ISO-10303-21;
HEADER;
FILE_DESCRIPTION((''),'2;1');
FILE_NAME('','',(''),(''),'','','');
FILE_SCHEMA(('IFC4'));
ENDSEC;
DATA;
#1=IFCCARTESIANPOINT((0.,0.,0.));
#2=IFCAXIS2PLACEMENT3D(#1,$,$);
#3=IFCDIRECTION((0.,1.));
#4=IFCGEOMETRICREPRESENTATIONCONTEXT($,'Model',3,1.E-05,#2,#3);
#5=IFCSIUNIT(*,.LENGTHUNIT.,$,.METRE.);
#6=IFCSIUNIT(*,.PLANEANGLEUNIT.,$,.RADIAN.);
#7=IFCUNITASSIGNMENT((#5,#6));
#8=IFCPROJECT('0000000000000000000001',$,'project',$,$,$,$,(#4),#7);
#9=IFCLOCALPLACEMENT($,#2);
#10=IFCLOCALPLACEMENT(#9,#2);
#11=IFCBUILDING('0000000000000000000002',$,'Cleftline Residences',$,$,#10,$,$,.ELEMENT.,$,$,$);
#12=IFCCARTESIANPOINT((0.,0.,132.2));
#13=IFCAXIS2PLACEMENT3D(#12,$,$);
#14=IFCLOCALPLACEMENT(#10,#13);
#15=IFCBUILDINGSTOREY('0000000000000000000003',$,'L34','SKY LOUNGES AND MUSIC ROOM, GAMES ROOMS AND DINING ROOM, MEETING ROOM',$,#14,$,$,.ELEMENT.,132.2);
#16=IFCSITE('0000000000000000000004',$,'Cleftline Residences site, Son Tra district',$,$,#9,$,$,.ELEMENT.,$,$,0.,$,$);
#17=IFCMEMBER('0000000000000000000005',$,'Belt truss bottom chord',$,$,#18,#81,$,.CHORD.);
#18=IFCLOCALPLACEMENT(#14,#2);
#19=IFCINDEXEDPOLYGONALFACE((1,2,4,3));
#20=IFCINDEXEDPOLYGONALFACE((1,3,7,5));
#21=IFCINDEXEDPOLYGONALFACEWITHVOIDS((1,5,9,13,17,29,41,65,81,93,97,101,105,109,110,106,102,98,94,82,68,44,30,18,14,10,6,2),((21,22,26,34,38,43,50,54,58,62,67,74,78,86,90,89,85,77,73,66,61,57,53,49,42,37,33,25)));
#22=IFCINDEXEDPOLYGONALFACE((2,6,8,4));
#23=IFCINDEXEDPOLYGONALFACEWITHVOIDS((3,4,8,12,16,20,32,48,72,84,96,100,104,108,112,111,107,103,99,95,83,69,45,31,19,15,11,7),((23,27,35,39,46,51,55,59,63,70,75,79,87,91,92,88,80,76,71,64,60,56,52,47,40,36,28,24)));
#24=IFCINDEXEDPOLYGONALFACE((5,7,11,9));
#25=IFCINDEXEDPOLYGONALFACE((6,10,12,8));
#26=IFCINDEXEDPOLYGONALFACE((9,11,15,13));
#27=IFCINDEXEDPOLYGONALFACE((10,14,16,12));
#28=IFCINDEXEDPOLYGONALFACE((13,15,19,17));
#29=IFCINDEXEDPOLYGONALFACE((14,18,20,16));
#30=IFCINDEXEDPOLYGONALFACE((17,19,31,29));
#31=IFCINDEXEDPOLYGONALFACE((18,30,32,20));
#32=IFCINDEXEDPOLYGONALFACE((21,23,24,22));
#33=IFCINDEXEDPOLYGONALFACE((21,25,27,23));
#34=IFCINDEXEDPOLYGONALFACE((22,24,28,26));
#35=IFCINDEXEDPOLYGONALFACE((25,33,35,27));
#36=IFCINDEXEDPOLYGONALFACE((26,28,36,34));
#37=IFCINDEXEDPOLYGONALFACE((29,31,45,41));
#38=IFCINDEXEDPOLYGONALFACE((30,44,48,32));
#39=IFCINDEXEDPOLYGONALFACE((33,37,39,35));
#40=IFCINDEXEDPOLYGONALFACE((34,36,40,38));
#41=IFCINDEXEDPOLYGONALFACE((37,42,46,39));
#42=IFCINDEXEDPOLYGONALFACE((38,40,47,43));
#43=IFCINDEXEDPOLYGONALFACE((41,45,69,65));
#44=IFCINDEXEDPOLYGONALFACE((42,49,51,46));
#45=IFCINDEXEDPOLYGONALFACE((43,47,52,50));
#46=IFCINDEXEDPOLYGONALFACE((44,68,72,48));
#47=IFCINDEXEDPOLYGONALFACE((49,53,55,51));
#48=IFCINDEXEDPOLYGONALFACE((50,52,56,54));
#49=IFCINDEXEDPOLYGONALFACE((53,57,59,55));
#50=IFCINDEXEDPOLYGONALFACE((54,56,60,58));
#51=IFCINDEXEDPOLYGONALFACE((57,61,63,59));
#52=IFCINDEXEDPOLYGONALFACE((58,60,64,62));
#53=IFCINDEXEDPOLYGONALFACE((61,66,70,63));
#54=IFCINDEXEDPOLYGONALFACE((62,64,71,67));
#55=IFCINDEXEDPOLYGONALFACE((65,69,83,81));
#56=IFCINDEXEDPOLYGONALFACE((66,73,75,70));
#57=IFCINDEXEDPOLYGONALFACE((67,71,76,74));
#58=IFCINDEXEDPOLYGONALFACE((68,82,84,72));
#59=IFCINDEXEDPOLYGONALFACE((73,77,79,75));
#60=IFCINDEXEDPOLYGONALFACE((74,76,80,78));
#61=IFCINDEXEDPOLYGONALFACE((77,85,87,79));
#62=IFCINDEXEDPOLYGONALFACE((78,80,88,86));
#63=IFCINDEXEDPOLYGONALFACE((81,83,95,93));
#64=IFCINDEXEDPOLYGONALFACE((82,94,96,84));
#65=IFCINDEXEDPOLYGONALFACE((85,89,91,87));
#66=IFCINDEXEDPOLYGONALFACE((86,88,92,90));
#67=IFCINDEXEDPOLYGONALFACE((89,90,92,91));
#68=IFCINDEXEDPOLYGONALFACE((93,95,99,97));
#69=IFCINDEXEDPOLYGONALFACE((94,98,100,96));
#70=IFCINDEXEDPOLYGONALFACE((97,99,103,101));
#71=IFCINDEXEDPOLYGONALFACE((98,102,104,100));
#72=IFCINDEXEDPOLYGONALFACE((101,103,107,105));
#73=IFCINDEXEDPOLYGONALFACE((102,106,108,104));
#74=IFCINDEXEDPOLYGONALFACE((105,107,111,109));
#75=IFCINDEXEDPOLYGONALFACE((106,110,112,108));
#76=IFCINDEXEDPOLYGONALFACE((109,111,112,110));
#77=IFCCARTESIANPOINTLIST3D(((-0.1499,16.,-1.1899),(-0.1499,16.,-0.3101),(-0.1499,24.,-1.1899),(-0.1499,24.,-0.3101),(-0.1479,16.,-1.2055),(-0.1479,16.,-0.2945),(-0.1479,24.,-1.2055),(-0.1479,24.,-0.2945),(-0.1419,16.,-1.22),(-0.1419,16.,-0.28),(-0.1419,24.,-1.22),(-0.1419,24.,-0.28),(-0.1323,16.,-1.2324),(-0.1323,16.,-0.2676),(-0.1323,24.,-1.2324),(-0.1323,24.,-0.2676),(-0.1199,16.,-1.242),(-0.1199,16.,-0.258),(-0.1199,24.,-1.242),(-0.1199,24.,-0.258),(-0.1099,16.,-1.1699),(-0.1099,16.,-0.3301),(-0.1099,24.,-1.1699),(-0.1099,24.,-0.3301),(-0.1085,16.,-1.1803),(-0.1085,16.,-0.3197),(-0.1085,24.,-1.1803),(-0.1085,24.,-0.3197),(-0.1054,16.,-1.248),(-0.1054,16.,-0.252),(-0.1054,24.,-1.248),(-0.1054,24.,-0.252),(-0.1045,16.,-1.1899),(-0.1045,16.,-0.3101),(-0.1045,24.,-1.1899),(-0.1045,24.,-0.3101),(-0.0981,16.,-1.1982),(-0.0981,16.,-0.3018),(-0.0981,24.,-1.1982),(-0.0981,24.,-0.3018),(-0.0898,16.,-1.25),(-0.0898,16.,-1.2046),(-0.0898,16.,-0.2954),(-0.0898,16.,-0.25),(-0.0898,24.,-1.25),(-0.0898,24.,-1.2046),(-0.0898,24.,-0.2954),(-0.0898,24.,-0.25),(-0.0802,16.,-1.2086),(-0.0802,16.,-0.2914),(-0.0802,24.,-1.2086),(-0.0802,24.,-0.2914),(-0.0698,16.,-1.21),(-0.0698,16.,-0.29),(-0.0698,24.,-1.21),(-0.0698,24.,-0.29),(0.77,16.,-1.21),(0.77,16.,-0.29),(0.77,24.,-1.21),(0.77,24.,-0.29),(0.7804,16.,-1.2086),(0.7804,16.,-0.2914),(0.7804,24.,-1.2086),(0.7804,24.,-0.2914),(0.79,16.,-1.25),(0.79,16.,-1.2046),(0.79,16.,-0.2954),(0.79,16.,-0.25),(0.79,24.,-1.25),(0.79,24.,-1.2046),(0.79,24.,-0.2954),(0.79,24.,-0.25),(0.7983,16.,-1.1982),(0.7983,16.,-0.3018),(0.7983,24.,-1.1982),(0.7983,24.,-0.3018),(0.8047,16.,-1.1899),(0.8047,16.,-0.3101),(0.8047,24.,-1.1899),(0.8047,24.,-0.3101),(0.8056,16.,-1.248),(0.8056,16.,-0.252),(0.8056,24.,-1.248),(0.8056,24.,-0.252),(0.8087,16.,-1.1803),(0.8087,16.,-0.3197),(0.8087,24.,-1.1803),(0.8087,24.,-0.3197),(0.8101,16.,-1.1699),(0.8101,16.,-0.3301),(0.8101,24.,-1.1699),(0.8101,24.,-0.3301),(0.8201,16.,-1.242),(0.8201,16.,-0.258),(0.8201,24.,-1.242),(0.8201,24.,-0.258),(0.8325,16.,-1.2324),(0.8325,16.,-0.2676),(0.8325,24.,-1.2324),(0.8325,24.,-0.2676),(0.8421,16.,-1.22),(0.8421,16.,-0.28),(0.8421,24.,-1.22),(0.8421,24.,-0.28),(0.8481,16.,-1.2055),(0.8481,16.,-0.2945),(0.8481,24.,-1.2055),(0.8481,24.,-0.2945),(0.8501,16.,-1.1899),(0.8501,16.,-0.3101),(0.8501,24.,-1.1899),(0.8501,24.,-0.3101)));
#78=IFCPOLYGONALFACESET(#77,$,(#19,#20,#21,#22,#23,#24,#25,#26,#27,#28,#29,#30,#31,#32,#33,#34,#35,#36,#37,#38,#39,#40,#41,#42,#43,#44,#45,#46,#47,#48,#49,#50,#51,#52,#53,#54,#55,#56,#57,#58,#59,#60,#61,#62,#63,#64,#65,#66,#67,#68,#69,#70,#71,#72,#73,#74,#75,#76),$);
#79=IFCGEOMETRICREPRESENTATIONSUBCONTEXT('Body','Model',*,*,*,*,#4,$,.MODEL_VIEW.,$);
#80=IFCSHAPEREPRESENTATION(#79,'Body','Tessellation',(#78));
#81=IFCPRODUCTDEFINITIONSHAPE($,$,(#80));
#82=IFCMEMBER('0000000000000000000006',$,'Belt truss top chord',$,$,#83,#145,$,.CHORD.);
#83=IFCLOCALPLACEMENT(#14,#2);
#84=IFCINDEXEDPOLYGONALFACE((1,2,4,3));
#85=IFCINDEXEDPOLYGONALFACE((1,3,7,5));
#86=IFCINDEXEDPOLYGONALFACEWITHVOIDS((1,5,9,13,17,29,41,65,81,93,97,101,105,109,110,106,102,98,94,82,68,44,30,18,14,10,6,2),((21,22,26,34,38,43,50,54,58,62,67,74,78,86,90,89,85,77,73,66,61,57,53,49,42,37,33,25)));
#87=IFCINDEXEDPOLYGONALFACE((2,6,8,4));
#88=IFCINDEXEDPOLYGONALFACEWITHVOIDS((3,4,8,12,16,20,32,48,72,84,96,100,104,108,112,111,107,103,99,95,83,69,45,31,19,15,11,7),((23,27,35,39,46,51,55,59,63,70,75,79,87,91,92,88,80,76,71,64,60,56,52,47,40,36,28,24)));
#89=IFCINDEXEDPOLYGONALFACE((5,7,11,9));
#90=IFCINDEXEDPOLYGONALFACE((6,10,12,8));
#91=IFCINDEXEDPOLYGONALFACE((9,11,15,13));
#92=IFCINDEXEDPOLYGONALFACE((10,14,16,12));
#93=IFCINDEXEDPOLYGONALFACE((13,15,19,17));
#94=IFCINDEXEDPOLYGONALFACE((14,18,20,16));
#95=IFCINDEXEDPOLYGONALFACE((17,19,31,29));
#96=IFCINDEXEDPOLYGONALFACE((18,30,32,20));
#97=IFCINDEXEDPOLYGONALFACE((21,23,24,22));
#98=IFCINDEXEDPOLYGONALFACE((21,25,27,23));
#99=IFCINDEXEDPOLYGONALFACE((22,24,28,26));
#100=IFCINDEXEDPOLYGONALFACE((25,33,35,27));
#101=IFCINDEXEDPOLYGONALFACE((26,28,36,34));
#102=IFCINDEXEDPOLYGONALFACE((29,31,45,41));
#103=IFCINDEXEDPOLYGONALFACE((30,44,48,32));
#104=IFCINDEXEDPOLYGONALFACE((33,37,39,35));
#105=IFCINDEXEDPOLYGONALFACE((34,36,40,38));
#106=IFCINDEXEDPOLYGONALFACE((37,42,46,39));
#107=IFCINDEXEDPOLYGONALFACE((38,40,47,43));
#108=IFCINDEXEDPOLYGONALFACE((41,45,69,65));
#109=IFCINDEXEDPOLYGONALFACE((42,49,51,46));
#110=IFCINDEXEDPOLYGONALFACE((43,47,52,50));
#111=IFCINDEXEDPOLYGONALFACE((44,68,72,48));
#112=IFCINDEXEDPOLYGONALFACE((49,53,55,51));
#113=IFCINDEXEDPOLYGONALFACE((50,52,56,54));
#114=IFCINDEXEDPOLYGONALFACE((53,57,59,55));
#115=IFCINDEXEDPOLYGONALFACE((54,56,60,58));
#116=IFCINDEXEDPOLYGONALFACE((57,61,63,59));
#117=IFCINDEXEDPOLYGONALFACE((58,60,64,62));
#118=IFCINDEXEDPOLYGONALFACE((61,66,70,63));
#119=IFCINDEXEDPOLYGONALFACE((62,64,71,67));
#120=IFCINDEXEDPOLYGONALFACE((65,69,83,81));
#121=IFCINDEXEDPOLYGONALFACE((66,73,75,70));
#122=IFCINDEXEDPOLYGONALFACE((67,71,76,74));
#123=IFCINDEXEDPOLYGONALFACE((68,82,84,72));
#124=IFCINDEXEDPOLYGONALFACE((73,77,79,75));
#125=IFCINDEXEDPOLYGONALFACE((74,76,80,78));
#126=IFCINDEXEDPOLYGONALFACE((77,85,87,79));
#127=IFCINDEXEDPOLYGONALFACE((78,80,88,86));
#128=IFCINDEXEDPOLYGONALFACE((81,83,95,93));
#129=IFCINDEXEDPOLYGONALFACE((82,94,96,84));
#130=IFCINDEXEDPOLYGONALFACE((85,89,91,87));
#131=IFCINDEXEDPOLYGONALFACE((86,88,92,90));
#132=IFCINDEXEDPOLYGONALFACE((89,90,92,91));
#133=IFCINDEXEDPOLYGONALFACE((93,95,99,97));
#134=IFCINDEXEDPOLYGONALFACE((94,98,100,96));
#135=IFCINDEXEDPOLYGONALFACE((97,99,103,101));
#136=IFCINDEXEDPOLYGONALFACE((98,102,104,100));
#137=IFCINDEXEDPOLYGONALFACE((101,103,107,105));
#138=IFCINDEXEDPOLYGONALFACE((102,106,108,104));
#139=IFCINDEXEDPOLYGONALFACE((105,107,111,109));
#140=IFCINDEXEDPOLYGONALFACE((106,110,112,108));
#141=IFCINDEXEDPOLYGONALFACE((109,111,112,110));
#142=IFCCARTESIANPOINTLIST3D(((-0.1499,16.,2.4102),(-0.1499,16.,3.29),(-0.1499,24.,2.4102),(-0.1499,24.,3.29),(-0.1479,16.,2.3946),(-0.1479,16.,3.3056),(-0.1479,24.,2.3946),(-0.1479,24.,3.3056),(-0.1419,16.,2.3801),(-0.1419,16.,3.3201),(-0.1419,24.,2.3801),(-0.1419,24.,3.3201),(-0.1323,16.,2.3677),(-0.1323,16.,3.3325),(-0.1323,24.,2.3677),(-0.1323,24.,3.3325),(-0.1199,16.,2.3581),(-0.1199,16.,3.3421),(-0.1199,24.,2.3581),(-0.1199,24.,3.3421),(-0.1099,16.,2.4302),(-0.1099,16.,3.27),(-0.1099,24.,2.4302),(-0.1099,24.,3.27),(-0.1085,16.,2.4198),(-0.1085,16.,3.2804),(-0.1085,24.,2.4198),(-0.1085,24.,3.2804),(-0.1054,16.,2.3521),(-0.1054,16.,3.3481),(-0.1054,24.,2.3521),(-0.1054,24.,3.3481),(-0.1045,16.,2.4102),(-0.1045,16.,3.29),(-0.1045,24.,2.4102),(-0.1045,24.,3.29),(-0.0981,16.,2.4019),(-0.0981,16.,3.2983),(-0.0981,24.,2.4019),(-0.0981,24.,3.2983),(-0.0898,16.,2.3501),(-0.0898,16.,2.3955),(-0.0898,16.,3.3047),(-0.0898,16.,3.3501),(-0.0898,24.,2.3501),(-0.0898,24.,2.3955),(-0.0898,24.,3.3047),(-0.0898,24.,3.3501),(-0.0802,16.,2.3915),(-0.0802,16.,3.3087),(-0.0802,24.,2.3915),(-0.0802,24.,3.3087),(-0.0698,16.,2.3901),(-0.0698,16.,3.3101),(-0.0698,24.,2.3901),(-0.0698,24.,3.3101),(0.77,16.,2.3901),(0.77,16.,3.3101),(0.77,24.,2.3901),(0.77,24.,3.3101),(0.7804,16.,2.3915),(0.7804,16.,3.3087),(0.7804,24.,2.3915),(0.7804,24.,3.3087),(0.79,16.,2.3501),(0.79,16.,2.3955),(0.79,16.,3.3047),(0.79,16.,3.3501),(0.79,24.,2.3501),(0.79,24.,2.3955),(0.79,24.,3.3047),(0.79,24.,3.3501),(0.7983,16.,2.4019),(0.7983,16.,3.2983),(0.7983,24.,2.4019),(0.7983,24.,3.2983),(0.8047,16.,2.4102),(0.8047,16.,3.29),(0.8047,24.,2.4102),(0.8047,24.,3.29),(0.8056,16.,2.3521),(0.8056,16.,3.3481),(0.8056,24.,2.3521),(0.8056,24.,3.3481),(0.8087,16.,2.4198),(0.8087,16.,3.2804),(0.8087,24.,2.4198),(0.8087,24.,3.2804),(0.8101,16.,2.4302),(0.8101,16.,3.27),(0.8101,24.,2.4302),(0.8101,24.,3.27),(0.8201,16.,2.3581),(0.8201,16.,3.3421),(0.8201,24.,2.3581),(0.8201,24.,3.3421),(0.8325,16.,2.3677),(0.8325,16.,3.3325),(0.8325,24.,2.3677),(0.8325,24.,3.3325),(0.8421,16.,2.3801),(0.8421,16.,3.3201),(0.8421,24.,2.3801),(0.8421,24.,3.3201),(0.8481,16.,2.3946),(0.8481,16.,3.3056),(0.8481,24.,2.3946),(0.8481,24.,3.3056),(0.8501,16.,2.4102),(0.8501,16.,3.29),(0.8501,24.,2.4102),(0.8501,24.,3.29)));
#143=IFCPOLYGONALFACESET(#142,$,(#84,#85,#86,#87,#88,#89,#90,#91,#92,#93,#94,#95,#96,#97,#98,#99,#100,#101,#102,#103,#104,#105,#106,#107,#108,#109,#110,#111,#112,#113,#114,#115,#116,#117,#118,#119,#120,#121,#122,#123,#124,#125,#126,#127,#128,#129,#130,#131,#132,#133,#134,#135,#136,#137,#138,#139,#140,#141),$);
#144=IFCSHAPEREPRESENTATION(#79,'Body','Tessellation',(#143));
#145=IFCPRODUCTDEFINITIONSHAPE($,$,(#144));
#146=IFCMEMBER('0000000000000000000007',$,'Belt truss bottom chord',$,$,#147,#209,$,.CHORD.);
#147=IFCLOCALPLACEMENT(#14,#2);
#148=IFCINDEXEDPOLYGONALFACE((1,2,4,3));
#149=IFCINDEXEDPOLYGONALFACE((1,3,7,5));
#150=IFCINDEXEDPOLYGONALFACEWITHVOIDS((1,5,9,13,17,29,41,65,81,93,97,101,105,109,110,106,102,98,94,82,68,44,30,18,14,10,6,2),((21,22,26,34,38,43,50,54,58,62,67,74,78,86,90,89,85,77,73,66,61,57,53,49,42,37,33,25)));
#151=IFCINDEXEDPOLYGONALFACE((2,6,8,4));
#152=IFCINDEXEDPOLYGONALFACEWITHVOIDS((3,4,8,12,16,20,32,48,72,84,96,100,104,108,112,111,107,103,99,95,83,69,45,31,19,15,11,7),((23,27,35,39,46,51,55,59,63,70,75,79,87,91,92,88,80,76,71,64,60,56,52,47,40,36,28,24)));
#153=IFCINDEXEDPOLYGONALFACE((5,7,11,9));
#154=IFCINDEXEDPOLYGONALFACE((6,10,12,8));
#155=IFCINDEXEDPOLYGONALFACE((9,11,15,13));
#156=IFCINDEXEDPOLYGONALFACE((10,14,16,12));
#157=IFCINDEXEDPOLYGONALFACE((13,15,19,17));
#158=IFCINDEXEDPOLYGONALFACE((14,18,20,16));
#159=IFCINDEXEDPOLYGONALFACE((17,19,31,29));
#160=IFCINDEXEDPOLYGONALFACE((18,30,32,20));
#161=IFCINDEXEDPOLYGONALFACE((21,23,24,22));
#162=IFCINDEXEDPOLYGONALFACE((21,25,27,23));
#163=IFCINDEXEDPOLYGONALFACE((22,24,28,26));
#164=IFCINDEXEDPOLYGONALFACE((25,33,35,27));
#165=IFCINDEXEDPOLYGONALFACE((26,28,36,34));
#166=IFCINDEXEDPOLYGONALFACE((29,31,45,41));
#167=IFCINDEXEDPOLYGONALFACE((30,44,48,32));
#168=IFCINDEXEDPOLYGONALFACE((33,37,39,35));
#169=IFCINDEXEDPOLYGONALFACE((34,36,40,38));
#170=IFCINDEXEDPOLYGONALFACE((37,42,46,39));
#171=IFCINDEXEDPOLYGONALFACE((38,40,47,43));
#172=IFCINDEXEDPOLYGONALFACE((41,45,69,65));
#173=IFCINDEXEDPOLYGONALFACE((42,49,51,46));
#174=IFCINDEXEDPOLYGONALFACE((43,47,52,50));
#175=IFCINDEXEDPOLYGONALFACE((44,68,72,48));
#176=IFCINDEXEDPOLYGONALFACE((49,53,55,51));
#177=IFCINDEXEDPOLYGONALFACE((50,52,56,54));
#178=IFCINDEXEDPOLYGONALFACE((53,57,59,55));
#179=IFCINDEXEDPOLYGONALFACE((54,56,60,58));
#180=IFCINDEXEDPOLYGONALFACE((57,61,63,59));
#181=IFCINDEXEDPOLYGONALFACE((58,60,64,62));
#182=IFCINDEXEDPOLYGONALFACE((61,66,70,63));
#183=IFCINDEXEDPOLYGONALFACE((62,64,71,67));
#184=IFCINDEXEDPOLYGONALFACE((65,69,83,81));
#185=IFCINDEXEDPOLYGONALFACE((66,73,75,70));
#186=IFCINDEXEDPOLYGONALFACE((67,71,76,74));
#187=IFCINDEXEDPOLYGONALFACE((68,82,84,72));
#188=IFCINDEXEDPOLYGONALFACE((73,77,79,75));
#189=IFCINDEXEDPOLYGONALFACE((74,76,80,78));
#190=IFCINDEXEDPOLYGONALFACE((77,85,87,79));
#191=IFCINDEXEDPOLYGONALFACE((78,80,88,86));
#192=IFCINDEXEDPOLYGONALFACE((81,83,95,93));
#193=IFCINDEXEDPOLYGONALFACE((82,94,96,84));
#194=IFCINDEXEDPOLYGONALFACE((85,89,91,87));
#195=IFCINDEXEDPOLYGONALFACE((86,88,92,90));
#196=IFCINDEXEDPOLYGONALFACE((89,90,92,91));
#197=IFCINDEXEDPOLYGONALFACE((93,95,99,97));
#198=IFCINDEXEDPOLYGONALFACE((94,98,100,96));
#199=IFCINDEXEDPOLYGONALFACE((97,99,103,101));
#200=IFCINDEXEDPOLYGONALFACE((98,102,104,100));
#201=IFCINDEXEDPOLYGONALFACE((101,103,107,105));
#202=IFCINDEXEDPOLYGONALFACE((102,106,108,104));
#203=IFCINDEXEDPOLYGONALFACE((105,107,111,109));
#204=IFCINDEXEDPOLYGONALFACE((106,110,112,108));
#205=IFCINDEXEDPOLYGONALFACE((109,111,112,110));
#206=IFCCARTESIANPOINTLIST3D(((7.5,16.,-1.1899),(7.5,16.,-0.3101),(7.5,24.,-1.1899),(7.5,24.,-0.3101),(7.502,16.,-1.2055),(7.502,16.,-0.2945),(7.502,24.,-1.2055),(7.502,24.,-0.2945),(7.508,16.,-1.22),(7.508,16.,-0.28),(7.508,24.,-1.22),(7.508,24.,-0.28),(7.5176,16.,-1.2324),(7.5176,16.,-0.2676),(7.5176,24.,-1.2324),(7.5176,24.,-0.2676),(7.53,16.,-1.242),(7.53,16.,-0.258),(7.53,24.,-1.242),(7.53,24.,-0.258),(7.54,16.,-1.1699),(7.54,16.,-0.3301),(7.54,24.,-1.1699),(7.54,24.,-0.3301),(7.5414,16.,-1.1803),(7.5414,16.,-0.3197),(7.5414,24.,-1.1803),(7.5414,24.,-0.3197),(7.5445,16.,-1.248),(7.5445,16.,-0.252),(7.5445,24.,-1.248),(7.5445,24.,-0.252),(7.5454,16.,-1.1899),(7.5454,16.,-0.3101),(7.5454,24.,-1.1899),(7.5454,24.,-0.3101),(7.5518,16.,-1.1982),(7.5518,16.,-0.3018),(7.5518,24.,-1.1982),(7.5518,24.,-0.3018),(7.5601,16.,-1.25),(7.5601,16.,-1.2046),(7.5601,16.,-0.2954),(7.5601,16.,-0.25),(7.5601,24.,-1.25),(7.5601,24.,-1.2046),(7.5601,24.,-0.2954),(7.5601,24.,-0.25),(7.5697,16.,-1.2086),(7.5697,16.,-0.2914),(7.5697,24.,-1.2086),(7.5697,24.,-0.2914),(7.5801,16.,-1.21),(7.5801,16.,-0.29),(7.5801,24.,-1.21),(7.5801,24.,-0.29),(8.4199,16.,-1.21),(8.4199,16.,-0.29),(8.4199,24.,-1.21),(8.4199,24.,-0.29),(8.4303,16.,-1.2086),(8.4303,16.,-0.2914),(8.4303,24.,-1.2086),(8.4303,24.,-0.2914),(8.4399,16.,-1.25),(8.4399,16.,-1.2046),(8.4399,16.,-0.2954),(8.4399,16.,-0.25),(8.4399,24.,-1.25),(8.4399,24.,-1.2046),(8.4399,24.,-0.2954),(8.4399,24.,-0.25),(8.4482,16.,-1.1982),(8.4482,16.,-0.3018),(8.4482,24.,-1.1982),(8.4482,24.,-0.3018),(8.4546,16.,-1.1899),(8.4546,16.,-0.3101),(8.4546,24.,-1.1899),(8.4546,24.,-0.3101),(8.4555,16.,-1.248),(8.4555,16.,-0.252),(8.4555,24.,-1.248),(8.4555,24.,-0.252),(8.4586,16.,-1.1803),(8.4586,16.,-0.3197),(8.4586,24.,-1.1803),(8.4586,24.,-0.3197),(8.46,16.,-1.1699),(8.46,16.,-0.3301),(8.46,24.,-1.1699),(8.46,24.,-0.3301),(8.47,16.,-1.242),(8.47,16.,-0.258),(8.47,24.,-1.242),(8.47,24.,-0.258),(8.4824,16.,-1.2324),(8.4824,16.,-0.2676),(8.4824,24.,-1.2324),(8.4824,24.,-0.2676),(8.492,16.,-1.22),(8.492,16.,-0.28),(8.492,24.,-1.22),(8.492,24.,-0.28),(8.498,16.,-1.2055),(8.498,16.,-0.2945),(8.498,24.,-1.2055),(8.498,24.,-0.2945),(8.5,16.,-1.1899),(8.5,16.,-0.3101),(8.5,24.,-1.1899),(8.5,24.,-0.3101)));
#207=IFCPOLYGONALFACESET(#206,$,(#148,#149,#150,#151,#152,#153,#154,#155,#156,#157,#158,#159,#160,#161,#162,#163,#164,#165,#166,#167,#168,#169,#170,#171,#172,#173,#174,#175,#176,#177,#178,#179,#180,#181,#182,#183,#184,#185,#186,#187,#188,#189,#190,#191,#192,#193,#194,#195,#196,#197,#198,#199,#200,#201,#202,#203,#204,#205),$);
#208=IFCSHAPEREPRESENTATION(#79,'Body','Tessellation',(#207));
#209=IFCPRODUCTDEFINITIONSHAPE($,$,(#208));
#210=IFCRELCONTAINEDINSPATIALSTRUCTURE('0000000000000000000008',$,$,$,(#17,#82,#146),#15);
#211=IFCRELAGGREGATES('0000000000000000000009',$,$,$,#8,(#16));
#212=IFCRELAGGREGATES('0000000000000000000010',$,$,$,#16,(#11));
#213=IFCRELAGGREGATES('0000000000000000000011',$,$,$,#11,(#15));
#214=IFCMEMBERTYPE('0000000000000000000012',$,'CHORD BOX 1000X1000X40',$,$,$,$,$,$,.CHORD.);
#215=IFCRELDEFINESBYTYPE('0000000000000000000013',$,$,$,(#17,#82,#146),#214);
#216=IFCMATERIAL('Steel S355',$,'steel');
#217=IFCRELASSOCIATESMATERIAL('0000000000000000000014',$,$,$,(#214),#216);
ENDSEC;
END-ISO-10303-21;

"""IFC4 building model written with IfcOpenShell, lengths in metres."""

from ifc_helpers import new_model, si_unit, direction, frame, origin, origin_2d, place, context, subcontext, project, spatial, hollow_rectangle, extrude, material, material_profile, profile_set, type_object, element, save


model = new_model("IFC4")

# Units and contexts
model_context = context("Model", 3, precision=1e-05, world=origin(), true_north=direction((0.0, 1.0)))
body_context = subcontext(model_context, "Body", "Model", "MODEL_VIEW")
ifc_project = project(units=[si_unit("LENGTHUNIT", "METRE"), si_unit("PLANEANGLEUNIT", "RADIAN")], contexts=[model_context])

# Site, building, storey
site_placement = place(None, origin())
site = spatial("IfcSite", under=ifc_project, at=site_placement, Name="Cleftline Residences site, Son Tra district", CompositionType="ELEMENT", RefElevation=0.0)
building_placement = place(site_placement, origin())
building = spatial("IfcBuilding", under=site, at=building_placement, Name="Cleftline Residences", CompositionType="ELEMENT")
storey_placement = place(building_placement, frame((0.0, 0.0, 132.2)))
storey = spatial("IfcBuildingStorey", under=building, at=storey_placement, Name="L34", Description="SKY LOUNGES AND MUSIC ROOM, GAMES ROOMS AND DINING ROOM, MEETING ROOM", CompositionType="ELEMENT", Elevation=132.2)

# Members
ifc_material_1 = material(Name="Steel S355", Category="steel")
ifc_material_profile_1 = material_profile(ifc_material_1, hollow_rectangle(XDim=1.0, YDim=1.0, WallThickness=0.04, InnerFilletRadius=0.04, OuterFilletRadius=0.0601, at=origin_2d()))
ifc_profile_set_1 = profile_set([ifc_material_profile_1], Name="Steel S355")
member_type_1 = type_object("IfcMemberType", Name="CHORD BOX 1000X1000X40", PredefinedType="CHORD", material=ifc_profile_set_1)
for number, where, z_axis, x_axis, name in (
    (1, (0.3501, 16.0, -0.75), (0.0, 1.0, 0.0), (-1.0, 0.0, 0.0), "Belt truss bottom chord"),
    (2, (0.3501, 16.0, 2.8501), (0.0, 1.0, 0.0), (-1.0, 0.0, 0.0), "Belt truss top chord"),
    (3, (8.0, 16.0, -0.75), (0.0, 1.0, 0.0), (-1.0, 0.0, 0.0), "Belt truss bottom chord"),
):
    element("IfcMember", number, at=place(storey_placement, frame(where, z_axis=z_axis, x_axis=x_axis)), inside=storey, type_object=member_type_1, Name=name, PredefinedType="CHORD", context=body_context, shape_type="SweptSolid", body=[
        extrude(hollow_rectangle(XDim=1.0, YDim=1.0, WallThickness=0.04, InnerFilletRadius=0.04, OuterFilletRadius=0.0601, at=origin_2d()), origin(), (0.0, 0.0, 1.0), 8.0),
    ])

save(model, "model.ifc")
